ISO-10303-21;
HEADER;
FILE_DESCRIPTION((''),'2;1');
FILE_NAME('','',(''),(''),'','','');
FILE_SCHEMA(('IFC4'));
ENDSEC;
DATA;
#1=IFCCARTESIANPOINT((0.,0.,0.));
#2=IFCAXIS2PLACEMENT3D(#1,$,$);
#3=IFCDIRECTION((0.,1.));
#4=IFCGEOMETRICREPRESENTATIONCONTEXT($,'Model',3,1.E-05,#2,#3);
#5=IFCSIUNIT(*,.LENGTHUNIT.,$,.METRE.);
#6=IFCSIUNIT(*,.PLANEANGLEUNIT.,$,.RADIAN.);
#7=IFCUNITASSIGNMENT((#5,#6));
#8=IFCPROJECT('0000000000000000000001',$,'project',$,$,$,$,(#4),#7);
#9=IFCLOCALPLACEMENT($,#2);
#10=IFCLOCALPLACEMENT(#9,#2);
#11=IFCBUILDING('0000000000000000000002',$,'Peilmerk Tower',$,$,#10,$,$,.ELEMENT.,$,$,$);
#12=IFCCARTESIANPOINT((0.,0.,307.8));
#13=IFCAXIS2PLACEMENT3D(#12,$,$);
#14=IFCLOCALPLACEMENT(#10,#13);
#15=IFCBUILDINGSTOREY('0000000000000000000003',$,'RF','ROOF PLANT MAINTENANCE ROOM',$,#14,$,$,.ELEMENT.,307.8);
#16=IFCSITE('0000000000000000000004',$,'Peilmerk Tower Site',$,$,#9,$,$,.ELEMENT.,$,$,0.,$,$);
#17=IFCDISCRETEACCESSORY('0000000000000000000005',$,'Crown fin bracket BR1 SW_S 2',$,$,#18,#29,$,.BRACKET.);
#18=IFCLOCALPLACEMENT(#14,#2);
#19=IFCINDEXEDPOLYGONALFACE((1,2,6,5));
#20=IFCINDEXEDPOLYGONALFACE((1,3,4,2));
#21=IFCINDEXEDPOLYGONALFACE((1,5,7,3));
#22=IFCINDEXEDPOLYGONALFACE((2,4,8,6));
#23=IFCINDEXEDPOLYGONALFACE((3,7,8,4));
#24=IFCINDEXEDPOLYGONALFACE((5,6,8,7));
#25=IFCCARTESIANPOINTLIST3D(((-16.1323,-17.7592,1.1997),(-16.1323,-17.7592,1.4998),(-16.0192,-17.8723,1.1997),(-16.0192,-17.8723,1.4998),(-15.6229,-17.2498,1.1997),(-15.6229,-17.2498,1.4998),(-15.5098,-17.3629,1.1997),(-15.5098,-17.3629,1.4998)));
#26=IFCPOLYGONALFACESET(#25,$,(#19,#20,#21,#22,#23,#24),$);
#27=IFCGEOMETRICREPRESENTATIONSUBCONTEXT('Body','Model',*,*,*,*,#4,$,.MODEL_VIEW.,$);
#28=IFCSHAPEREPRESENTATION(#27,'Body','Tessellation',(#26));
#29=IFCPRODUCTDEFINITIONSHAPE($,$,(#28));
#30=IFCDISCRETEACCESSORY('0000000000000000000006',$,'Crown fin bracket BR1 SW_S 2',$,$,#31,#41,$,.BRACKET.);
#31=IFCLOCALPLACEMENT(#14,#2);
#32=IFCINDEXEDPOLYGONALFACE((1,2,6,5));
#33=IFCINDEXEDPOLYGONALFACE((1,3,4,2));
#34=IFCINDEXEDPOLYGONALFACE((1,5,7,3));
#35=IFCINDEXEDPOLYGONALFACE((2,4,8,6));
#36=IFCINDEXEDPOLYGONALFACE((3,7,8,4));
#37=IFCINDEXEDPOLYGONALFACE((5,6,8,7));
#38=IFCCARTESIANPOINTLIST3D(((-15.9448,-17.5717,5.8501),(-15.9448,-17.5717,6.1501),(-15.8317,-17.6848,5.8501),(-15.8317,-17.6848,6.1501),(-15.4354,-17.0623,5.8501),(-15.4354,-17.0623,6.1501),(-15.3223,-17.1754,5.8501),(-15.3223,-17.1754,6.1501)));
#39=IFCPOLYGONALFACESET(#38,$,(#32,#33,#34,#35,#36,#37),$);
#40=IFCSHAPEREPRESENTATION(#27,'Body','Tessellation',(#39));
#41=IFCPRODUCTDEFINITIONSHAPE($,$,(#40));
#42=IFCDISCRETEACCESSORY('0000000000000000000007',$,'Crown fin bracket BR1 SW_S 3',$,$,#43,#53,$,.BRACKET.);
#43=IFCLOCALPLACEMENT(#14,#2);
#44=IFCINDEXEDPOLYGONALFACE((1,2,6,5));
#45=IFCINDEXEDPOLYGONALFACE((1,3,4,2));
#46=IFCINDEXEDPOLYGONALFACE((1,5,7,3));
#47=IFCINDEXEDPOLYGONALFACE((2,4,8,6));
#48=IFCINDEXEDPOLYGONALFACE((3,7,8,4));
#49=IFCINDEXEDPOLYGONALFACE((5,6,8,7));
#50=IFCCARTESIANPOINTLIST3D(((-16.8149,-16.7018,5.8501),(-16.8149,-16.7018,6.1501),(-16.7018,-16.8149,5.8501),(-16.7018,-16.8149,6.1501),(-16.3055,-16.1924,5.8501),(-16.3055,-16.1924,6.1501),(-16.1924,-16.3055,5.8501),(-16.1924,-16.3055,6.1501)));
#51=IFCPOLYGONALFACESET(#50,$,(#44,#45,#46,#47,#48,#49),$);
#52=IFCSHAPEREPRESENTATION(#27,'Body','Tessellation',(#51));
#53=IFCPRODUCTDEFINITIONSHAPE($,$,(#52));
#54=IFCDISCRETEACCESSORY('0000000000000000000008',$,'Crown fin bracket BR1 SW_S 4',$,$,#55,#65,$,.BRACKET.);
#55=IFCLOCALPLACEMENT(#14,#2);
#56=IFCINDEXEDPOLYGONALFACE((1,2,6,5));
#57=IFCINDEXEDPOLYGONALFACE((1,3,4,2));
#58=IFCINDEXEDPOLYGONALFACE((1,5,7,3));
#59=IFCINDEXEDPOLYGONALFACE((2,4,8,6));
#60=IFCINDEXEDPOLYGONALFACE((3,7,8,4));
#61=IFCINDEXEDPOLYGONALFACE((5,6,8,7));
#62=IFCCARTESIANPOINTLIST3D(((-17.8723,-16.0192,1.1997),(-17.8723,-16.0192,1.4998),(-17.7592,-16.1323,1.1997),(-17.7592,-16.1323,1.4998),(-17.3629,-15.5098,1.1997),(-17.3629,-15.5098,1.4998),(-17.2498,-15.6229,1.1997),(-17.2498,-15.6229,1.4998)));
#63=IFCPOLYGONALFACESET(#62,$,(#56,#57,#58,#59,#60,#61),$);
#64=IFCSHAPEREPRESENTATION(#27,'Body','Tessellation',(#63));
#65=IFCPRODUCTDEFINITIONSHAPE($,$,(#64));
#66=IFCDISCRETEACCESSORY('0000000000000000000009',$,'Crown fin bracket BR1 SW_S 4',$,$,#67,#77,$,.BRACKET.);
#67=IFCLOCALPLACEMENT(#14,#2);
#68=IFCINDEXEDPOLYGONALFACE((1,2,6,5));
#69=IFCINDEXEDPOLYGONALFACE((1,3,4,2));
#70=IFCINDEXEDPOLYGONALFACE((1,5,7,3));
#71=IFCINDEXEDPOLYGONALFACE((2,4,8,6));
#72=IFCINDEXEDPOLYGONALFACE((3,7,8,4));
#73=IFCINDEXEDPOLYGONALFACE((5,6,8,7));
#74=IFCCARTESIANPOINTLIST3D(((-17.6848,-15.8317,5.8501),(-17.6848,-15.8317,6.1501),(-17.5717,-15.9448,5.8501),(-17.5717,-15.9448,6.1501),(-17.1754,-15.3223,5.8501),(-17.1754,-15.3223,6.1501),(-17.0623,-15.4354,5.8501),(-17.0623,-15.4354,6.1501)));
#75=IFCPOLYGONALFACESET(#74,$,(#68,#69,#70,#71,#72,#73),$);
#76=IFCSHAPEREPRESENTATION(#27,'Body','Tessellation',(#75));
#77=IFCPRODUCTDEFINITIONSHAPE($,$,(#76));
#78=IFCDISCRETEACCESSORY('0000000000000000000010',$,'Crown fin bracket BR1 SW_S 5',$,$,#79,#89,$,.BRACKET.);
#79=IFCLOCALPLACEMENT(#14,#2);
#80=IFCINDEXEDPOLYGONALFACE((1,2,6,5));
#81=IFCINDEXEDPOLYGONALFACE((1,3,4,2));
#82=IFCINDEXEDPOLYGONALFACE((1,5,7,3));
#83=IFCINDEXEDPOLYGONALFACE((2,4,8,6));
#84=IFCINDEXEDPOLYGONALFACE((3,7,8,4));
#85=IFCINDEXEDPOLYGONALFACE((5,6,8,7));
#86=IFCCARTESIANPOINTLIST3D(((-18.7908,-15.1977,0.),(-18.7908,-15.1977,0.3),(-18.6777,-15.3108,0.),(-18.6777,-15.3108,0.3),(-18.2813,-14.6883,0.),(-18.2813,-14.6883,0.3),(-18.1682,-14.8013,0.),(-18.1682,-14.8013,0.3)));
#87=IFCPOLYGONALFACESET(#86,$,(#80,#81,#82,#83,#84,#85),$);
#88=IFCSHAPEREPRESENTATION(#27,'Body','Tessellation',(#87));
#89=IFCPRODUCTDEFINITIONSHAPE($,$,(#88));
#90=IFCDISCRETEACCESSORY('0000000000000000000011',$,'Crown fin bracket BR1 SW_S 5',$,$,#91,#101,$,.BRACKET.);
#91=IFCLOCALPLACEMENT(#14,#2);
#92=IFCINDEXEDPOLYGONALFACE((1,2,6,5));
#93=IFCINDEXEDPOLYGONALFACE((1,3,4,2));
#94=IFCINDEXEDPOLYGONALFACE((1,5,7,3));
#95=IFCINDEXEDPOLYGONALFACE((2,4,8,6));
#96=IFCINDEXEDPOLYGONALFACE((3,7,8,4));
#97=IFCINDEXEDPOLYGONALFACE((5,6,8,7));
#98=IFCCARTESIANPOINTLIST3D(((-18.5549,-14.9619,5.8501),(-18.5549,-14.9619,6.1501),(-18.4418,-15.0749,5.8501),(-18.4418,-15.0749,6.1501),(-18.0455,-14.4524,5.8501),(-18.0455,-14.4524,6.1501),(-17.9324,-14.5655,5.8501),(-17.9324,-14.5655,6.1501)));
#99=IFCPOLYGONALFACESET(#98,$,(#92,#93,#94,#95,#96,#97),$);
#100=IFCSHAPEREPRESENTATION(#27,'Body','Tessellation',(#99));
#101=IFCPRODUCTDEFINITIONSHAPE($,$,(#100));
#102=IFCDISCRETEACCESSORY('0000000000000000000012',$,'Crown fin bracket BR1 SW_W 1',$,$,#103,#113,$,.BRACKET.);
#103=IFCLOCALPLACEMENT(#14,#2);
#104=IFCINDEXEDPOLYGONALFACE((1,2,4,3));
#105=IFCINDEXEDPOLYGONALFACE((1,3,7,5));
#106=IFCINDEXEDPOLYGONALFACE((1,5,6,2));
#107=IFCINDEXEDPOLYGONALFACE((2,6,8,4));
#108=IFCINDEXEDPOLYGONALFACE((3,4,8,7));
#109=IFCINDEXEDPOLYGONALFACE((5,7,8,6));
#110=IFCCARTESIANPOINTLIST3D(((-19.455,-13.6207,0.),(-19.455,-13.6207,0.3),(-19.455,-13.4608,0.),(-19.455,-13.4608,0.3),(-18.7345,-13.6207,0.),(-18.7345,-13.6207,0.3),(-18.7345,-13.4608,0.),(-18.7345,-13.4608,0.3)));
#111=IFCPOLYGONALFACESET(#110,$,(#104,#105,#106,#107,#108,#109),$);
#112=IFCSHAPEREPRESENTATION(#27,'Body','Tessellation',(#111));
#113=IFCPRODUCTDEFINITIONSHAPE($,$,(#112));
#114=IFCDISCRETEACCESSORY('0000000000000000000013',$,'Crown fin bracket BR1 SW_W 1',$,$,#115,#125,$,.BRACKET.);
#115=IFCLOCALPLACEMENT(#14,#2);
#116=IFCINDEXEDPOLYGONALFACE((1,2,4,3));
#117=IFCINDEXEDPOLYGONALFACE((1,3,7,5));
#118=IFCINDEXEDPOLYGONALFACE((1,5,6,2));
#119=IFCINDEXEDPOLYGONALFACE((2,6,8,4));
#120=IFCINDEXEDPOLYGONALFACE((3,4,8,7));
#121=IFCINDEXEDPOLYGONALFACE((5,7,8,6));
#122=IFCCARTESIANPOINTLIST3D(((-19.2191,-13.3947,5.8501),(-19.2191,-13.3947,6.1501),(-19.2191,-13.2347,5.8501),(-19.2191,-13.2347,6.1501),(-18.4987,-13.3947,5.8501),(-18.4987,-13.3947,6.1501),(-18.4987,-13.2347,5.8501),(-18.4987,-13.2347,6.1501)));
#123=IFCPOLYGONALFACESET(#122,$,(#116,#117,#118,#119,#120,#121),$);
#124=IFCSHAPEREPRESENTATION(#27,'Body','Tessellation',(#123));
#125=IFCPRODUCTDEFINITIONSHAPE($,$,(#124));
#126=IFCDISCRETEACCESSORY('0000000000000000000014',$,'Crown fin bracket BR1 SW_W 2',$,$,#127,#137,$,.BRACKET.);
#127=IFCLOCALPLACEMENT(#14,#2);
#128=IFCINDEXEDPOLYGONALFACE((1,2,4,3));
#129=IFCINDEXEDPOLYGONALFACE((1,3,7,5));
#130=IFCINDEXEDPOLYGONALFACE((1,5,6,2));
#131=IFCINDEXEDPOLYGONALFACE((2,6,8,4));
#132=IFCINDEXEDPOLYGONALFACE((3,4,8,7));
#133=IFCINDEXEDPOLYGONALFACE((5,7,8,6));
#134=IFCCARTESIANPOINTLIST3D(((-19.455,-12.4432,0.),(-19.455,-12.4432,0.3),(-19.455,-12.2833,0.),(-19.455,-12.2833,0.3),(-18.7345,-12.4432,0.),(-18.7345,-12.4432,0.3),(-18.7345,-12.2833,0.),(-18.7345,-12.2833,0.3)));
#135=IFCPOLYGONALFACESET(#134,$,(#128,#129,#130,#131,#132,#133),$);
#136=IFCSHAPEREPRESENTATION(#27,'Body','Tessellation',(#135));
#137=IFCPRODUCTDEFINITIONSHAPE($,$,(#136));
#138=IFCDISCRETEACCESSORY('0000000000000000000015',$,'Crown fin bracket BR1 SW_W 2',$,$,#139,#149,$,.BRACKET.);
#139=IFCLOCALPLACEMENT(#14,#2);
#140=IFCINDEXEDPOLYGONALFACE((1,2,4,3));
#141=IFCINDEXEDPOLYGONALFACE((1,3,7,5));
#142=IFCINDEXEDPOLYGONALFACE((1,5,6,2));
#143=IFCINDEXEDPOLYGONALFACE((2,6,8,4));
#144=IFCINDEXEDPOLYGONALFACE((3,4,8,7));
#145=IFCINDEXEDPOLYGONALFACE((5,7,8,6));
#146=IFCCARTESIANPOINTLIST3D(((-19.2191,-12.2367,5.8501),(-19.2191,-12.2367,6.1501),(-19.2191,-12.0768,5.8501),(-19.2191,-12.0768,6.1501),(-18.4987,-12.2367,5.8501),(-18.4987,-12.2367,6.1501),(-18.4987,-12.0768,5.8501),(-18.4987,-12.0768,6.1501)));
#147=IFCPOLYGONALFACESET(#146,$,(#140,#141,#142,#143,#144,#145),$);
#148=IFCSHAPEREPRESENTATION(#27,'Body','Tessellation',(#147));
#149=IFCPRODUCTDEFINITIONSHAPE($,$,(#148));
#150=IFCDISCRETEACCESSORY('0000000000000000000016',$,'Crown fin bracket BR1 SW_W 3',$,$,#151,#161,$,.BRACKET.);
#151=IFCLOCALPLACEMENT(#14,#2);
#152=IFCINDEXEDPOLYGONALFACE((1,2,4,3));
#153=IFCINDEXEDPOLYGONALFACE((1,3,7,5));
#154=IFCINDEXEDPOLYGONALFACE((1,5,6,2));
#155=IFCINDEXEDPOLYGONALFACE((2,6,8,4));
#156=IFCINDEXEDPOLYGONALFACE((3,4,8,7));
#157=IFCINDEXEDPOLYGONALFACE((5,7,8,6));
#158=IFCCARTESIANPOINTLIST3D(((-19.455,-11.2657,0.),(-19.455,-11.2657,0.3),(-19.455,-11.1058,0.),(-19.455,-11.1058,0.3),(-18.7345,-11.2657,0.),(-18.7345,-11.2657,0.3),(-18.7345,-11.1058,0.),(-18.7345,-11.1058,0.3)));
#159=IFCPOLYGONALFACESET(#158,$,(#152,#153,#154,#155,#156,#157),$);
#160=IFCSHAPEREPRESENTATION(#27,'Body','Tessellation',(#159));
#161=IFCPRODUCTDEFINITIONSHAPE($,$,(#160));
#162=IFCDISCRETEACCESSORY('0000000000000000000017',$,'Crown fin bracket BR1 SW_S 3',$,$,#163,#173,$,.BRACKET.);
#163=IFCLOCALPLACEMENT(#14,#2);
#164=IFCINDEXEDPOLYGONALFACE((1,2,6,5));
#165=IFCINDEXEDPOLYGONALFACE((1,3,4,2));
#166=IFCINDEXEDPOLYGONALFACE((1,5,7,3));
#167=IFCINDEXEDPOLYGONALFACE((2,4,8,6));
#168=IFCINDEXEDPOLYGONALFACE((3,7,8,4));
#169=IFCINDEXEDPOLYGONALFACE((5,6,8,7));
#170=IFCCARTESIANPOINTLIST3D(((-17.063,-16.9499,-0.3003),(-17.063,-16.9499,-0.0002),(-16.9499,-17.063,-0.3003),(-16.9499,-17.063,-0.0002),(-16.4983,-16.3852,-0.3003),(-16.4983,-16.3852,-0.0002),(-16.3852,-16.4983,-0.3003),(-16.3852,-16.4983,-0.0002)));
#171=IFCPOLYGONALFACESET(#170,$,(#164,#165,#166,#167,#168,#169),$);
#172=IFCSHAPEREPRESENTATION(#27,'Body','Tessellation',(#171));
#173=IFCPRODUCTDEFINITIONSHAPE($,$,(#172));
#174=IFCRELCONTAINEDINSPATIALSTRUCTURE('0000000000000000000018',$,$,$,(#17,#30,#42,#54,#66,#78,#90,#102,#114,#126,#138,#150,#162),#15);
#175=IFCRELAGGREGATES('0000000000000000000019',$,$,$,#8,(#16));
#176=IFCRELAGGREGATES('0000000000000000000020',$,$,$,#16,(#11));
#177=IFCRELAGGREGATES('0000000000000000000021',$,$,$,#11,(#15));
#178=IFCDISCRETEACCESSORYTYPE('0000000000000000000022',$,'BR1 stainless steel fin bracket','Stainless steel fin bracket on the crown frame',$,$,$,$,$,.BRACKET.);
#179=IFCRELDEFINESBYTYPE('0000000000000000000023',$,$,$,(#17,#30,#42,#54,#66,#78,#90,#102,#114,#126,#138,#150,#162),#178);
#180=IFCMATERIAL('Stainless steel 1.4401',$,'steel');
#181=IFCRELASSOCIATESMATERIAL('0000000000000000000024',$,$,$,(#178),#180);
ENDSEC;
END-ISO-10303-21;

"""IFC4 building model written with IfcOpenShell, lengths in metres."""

from ifc_helpers import new_model, si_unit, direction, frame, origin, origin_2d, place, context, subcontext, project, spatial, rectangle, extrude, source, transform, mapped, material, type_object, element, save


model = new_model("IFC4")

# Units and contexts
model_context = context("Model", 3, precision=1e-05, world=origin(), true_north=direction((0.0, 1.0)))
body_context = subcontext(model_context, "Body", "Model", "MODEL_VIEW")
ifc_project = project(units=[si_unit("LENGTHUNIT", "METRE"), si_unit("PLANEANGLEUNIT", "RADIAN")], contexts=[model_context])

# Site, building, storey
site_placement = place(None, origin())
site = spatial("IfcSite", under=ifc_project, at=site_placement, Name="Peilmerk Tower Site", CompositionType="ELEMENT", RefElevation=0.0)
building_placement = place(site_placement, origin())
building = spatial("IfcBuilding", under=site, at=building_placement, Name="Peilmerk Tower", CompositionType="ELEMENT")
storey_placement = place(building_placement, frame((0.0, 0.0, 307.8)))
storey = spatial("IfcBuildingStorey", under=building, at=storey_placement, Name="RF", Description="ROOF PLANT MAINTENANCE ROOM", CompositionType="ELEMENT", Elevation=307.8)

# Discrete accessories
ifc_material_1 = material(Name="Stainless steel 1.4401", Category="steel")
discrete_accessory_type = type_object("IfcDiscreteAccessoryType", Name="BR1 stainless steel fin bracket", Description="Stainless steel fin bracket on the crown frame", PredefinedType="BRACKET", material=ifc_material_1)
shared_shape_1 = source(origin(), body_context, "Body", "SweptSolid", [
    extrude(rectangle(XDim=0.7205, YDim=0.1599, at=origin_2d()), origin(), (0.0, 0.0, 1.0), 0.3),
])
for number, where, z_axis, x_axis, name in (
    (1, (-15.821, -17.561, 1.1997), (0.0, 0.0, 1.0), (-0.707107, -0.707107, 0.0), "Crown fin bracket BR1 SW_S 2"),
    (2, (-15.6335, -17.3735, 5.8501), (0.0, 0.0, 1.0), (-0.707107, -0.707107, 0.0), "Crown fin bracket BR1 SW_S 2"),
    (3, (-16.5037, -16.5037, 5.8501), (0.0, 0.0, 1.0), (-0.707107, -0.707107, 0.0), "Crown fin bracket BR1 SW_S 3"),
    (4, (-17.561, -15.821, 1.1997), (0.0, 0.0, 1.0), (-0.707107, -0.707107, 0.0), "Crown fin bracket BR1 SW_S 4"),
    (5, (-17.3735, -15.6335, 5.8501), (0.0, 0.0, 1.0), (-0.707107, -0.707107, 0.0), "Crown fin bracket BR1 SW_S 4"),
    (6, (-18.4795, -14.9995, 0.0), (0.0, 0.0, 1.0), (-0.707107, -0.707107, 0.0), "Crown fin bracket BR1 SW_S 5"),
    (7, (-18.2437, -14.7637, 5.8501), (0.0, 0.0, 1.0), (-0.707107, -0.707107, 0.0), "Crown fin bracket BR1 SW_S 5"),
    (8, (-19.0947, -13.5408, 0.0), (0.0, 0.0, 1.0), (-1.0, 0.0, 0.0), "Crown fin bracket BR1 SW_W 1"),
    (9, (-18.8589, -13.3147, 5.8501), (0.0, 0.0, 1.0), (-1.0, 0.0, 0.0), "Crown fin bracket BR1 SW_W 1"),
    (10, (-19.0947, -12.3633, 0.0), (0.0, 0.0, 1.0), (-1.0, 0.0, 0.0), "Crown fin bracket BR1 SW_W 2"),
    (11, (-18.8589, -12.1567, 5.8501), (0.0, 0.0, 1.0), (-1.0, 0.0, 0.0), "Crown fin bracket BR1 SW_W 2"),
    (12, (-19.0947, -11.1858, 0.0), (0.0, 0.0, 1.0), (-1.0, 0.0, 0.0), "Crown fin bracket BR1 SW_W 3"),
):
    element("IfcDiscreteAccessory", number, at=place(storey_placement, frame(where, z_axis=z_axis, x_axis=x_axis)), inside=storey, type_object=discrete_accessory_type, Name=name, PredefinedType="BRACKET", context=body_context, shape_type="MappedRepresentation", body=[
        mapped(shared_shape_1, transform((0.0, 0.0, 0.0), scale=1.0)),
    ])
shared_shape_2 = source(origin(), body_context, "Body", "SweptSolid", [
    extrude(rectangle(XDim=0.7986, YDim=0.1599, at=origin_2d()), origin(), (0.0, 0.0, 1.0), 0.3),
])
discrete_accessory_placement = place(storey_placement, frame((-16.7241, -16.7241, -0.3003), z_axis=(0.0, 0.0, 1.0), x_axis=(-0.707107, -0.707107, 0.0)))
element("IfcDiscreteAccessory", 13, at=discrete_accessory_placement, inside=storey, type_object=discrete_accessory_type, Name="Crown fin bracket BR1 SW_S 3", PredefinedType="BRACKET", context=body_context, shape_type="MappedRepresentation", body=[
    mapped(shared_shape_2, transform((0.0, 0.0, 0.0), scale=1.0)),
])

save(model, "model.ifc")
